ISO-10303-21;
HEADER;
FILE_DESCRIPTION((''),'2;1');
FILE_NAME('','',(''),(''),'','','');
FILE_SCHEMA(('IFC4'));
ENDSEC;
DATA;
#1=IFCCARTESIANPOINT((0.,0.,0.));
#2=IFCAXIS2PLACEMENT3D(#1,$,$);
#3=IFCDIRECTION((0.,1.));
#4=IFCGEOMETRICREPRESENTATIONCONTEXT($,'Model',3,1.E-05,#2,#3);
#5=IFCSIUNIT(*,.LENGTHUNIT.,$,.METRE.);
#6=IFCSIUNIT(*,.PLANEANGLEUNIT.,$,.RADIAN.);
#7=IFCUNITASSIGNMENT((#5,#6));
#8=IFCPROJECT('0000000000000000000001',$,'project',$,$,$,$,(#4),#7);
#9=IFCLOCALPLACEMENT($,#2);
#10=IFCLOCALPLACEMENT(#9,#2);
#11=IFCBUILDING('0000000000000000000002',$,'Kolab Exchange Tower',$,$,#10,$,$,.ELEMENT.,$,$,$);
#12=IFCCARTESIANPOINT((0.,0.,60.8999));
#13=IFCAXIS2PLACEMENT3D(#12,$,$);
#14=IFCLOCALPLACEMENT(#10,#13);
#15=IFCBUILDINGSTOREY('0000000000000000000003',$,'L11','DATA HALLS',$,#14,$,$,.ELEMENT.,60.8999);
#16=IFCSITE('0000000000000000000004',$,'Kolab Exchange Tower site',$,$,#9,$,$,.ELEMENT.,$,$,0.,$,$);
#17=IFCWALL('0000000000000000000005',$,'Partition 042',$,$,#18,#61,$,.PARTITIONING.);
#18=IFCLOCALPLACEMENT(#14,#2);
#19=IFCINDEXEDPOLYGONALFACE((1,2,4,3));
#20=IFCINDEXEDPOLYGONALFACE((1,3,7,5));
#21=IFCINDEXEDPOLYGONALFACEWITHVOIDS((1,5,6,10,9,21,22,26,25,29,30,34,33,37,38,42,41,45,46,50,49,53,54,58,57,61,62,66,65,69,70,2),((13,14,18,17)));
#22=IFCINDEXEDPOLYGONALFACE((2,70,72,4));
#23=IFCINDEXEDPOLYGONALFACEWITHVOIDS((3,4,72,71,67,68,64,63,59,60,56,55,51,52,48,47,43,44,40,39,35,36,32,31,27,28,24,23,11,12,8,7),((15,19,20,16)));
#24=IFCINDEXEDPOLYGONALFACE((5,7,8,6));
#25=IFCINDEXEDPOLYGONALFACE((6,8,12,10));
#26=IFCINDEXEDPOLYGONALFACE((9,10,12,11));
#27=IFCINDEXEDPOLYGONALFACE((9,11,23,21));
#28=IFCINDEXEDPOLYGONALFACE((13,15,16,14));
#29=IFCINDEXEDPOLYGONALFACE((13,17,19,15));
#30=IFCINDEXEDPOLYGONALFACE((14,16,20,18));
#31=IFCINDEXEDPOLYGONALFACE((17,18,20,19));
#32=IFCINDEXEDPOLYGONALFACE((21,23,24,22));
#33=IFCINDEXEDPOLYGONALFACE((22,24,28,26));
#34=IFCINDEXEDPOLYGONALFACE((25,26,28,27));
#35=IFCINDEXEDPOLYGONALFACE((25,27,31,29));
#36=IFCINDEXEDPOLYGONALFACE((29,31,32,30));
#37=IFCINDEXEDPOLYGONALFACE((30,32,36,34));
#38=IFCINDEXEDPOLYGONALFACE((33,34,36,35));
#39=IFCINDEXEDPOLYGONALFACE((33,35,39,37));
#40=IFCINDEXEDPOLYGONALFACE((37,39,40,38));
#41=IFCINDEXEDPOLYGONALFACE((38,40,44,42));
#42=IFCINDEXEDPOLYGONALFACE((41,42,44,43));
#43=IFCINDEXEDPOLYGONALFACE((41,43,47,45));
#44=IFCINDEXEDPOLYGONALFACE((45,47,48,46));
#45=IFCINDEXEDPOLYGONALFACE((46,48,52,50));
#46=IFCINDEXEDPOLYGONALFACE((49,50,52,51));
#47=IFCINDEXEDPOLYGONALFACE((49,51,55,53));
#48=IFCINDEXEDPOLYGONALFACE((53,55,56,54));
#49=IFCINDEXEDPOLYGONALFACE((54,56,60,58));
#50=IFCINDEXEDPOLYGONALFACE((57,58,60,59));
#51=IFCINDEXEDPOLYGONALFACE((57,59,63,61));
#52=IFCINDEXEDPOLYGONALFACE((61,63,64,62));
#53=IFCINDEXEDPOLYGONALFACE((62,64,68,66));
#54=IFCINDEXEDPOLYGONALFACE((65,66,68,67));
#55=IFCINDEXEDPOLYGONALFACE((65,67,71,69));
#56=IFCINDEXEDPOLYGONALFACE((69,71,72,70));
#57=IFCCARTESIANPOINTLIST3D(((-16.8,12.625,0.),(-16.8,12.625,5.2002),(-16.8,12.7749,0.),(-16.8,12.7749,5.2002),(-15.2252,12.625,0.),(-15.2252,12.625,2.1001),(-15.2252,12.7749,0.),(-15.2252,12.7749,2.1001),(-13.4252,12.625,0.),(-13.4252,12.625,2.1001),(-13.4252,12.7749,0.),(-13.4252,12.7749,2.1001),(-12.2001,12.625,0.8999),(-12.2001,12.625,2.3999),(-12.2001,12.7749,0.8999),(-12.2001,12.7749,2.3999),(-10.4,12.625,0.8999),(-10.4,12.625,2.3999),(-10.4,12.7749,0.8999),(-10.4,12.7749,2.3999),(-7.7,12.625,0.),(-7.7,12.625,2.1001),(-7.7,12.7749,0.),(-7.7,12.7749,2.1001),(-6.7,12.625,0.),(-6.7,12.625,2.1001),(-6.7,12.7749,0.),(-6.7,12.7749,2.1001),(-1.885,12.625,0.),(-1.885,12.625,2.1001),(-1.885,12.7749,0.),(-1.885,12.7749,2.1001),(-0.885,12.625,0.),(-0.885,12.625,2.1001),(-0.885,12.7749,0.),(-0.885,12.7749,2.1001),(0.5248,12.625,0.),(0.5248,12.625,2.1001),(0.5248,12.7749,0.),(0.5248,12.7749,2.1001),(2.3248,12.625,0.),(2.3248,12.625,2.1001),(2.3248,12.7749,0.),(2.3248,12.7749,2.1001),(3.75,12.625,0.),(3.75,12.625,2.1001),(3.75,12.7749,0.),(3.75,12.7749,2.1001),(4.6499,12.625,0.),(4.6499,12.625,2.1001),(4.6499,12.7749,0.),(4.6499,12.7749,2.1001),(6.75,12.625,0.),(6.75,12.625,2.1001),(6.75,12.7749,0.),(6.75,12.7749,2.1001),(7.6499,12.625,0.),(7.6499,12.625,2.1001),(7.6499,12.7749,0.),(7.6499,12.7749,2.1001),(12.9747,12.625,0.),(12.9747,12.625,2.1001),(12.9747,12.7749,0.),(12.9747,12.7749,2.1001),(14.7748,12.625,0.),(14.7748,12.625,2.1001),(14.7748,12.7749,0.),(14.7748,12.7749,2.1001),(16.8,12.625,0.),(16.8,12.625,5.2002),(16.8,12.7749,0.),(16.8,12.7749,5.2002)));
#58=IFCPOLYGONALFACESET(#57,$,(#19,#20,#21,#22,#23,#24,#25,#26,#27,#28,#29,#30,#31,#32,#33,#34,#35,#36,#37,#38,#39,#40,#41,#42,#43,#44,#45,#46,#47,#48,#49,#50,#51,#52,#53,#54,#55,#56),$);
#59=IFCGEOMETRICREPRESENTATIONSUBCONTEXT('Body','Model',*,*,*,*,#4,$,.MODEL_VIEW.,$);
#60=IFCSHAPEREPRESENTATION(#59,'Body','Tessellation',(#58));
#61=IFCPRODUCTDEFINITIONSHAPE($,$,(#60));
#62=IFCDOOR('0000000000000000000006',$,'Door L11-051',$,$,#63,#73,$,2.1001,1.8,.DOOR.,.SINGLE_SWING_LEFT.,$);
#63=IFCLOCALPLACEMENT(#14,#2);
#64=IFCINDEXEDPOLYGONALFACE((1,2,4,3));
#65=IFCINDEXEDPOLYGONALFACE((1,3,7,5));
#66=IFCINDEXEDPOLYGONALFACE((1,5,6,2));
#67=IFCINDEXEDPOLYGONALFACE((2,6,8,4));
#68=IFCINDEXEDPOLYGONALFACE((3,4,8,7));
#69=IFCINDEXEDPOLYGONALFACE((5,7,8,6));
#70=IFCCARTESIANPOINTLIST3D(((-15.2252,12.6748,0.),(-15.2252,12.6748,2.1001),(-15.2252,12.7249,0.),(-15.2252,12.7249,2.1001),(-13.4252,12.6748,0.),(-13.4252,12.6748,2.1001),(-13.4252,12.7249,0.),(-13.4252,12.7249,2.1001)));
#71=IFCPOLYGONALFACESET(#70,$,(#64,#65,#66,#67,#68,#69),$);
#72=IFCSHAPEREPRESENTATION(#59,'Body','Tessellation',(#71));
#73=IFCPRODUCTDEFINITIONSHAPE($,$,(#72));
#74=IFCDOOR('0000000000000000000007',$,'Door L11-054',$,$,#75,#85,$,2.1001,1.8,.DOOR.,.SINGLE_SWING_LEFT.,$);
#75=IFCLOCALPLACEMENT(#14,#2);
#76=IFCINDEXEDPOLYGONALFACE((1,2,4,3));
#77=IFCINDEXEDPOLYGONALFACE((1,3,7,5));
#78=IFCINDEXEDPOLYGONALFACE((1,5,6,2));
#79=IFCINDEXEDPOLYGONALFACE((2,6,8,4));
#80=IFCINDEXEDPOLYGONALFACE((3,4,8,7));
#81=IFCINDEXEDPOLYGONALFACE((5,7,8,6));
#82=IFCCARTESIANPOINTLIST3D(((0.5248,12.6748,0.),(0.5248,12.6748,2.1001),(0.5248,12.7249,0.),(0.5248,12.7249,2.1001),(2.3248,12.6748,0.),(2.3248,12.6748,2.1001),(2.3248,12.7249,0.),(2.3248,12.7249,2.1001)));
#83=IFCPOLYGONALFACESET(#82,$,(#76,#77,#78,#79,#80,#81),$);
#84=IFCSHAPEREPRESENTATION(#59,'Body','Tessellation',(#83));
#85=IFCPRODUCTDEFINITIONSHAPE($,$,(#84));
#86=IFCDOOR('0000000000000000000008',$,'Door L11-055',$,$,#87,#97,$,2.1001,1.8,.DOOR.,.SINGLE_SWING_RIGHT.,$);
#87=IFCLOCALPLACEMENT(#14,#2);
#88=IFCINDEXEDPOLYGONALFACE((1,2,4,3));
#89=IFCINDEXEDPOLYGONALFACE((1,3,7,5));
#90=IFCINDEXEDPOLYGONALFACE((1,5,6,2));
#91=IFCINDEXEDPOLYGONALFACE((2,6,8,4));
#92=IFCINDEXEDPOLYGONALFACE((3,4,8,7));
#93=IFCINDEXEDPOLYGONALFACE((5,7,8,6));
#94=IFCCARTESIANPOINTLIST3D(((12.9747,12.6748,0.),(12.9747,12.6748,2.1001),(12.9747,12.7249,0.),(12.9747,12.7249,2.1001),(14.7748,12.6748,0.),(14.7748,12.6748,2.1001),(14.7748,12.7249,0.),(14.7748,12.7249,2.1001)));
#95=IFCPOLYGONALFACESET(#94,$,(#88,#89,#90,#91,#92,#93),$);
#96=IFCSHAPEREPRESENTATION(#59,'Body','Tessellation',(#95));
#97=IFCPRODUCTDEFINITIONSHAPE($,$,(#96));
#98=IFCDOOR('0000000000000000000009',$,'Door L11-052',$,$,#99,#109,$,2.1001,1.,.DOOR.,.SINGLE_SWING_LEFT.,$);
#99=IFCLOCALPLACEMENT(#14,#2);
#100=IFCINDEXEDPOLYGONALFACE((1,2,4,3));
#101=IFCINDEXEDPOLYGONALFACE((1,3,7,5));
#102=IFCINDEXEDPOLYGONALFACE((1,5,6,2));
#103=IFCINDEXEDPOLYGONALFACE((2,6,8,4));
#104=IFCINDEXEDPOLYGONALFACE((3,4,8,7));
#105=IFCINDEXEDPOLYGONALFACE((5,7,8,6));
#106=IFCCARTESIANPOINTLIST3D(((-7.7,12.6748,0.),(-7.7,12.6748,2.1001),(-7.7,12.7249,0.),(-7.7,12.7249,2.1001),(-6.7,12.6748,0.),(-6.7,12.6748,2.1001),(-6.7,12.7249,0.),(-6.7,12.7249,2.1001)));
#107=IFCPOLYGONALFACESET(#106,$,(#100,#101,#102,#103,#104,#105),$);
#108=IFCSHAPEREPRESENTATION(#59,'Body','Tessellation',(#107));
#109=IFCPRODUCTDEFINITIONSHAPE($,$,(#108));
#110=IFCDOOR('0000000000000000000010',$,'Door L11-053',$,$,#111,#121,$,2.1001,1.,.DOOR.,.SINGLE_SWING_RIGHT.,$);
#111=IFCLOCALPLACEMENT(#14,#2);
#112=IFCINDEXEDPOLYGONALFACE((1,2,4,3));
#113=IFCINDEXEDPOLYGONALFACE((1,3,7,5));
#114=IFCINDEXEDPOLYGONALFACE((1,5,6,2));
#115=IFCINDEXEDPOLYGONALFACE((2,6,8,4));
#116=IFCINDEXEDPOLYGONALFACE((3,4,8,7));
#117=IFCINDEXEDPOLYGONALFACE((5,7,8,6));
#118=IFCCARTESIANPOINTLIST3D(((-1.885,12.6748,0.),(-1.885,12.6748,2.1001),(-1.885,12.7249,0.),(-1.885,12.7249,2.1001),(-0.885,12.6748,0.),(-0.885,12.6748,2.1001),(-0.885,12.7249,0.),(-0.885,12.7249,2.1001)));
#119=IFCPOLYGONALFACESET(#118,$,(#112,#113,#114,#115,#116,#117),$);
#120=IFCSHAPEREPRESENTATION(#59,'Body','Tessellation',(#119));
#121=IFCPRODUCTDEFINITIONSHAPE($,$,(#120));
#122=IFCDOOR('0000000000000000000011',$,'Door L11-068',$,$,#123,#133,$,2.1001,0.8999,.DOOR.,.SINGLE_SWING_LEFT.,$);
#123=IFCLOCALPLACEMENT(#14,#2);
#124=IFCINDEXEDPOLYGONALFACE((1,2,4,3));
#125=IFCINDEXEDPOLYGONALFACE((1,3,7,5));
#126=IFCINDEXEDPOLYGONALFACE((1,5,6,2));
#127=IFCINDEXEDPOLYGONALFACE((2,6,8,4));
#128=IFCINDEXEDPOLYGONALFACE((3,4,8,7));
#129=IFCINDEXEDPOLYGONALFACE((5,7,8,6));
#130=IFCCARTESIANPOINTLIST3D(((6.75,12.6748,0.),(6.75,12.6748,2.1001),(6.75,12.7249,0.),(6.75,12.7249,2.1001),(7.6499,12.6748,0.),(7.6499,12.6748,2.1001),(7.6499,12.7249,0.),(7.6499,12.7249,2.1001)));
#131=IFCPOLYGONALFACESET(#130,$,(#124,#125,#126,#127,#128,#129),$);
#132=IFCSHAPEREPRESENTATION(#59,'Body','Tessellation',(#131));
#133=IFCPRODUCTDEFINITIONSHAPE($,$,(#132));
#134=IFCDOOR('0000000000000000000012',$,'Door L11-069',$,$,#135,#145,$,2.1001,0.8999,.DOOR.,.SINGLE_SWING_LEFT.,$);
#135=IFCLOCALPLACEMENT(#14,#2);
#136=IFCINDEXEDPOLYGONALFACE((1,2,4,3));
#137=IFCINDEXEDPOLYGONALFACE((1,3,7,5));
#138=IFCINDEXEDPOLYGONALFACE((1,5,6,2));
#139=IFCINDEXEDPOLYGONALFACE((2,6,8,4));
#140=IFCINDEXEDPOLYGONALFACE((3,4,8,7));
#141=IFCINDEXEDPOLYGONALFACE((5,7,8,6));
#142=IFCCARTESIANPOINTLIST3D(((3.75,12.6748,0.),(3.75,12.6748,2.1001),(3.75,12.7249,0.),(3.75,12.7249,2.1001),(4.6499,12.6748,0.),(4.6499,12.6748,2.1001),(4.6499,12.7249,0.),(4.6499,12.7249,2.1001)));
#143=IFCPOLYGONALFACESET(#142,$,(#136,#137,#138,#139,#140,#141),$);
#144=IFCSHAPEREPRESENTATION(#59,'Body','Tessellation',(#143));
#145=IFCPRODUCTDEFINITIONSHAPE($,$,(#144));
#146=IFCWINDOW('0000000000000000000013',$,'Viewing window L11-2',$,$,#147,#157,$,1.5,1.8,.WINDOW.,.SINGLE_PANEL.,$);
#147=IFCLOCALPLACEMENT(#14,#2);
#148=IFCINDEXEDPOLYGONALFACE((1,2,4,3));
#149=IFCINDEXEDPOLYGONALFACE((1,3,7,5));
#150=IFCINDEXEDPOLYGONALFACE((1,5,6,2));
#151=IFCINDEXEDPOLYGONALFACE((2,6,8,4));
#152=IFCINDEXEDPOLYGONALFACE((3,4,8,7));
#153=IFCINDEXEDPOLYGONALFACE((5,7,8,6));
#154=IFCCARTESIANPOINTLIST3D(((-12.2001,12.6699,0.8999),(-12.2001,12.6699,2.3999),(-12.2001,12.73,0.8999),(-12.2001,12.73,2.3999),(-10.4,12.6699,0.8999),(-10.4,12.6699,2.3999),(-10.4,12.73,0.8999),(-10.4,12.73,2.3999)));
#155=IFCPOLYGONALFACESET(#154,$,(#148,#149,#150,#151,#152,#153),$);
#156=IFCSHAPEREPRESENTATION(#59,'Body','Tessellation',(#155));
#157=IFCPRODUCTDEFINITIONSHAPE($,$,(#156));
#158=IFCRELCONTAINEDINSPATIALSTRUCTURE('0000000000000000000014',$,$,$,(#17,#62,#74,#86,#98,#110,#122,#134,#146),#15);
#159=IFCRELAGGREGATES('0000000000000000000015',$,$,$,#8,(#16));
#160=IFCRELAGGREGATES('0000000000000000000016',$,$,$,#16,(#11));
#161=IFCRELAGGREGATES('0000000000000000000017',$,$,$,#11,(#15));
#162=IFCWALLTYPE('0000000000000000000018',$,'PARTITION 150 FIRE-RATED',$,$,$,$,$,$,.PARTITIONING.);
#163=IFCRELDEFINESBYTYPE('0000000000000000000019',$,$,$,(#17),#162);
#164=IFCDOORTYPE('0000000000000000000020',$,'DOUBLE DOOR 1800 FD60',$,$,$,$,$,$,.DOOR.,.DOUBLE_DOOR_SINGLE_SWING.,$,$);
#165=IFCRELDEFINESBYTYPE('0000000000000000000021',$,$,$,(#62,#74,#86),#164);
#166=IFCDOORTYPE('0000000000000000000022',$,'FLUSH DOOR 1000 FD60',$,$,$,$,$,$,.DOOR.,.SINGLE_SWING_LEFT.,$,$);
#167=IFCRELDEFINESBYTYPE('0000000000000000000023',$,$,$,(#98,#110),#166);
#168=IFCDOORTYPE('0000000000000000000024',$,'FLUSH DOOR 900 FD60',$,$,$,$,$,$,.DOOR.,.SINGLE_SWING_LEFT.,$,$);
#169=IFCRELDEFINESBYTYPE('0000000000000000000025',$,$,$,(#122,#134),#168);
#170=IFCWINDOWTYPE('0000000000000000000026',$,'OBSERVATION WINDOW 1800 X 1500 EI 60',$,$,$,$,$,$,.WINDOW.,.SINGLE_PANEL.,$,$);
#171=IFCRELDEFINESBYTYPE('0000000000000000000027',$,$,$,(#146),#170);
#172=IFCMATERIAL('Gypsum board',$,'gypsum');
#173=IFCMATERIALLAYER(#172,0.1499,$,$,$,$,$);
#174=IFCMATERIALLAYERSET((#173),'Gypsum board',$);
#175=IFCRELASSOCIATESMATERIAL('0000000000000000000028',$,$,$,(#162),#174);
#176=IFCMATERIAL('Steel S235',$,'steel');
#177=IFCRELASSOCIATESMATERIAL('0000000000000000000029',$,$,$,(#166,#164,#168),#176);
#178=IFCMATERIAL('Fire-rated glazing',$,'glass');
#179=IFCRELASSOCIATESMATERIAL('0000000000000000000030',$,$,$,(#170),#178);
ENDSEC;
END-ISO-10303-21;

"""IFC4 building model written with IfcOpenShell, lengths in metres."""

from ifc_helpers import new_model, si_unit, direction, frame, frame_2d, origin, place, context, subcontext, project, spatial, rectangle, extrude, material, layer, layer_set, type_object, element, fill, save


model = new_model("IFC4")

# Units and contexts
model_context = context("Model", 3, precision=1e-05, world=origin(), true_north=direction((0.0, 1.0)))
body_context = subcontext(model_context, "Body", "Model", "MODEL_VIEW")
ifc_project = project(units=[si_unit("LENGTHUNIT", "METRE"), si_unit("PLANEANGLEUNIT", "RADIAN")], contexts=[model_context])

# Site, building, storey
site_placement = place(None, origin())
site = spatial("IfcSite", under=ifc_project, at=site_placement, Name="Kolab Exchange Tower site", CompositionType="ELEMENT", RefElevation=0.0)
building_placement = place(site_placement, origin())
building = spatial("IfcBuilding", under=site, at=building_placement, Name="Kolab Exchange Tower", CompositionType="ELEMENT")
storey_placement = place(building_placement, frame((0.0, 0.0, 60.8999)))
storey = spatial("IfcBuildingStorey", under=building, at=storey_placement, Name="L11", Description="DATA HALLS", CompositionType="ELEMENT", Elevation=60.8999)

# Shared definitions
ifc_material_1 = material(Name="Gypsum board", Category="gypsum")

# Shared definitions
ifc_layer_1 = layer(ifc_material_1, 0.1499)
ifc_layer_set_1 = layer_set([ifc_layer_1], Name="Gypsum board")
wall_type_1 = type_object("IfcWallType", Name="PARTITION 150 FIRE-RATED", PredefinedType="PARTITIONING", material=ifc_layer_set_1)
ifc_material_2 = material(Name="Steel S235", Category="steel")
door_type_1 = type_object("IfcDoorType", Name="FLUSH DOOR 1000 FD60", OperationType="SINGLE_SWING_LEFT", PredefinedType="DOOR", material=ifc_material_2)

# Wall, openings, doors, window
wall_1_placement = place(storey_placement, frame((-16.8, 12.7, 0.0), z_axis=(0.0, 0.0, 1.0), x_axis=(1.0, 0.0, 0.0)))
wall_1 = element("IfcWall", 1, at=wall_1_placement, inside=storey, type_object=wall_type_1, Name="Partition 042", PredefinedType="PARTITIONING", context=body_context, shape_type="SweptSolid", body=[
    extrude(rectangle(XDim=33.6001, YDim=0.1499, at=frame_2d((16.8, 0.0))), origin(), (0.0, 0.0, 1.0), 5.2002),
])
opening_1_placement = place(wall_1_placement, frame((1.575, 0.0, 0.0)))
opening_1 = element("IfcOpeningElement", 2, at=opening_1_placement, cuts=wall_1, PredefinedType="OPENING", context=body_context, shape_type="SweptSolid", body=[
    extrude(rectangle(XDim=1.8, YDim=2.1001, at=frame_2d((0.8999, 1.05))), frame((0.0, 0.085, 0.0), z_axis=(0.0, -1.0, 0.0), x_axis=(1.0, 0.0, 0.0)), (0.0, 0.0, 1.0), 0.1699),
])
opening_2_placement = place(wall_1_placement, frame((9.1001, 0.0, 0.0)))
opening_2 = element("IfcOpeningElement", 3, at=opening_2_placement, cuts=wall_1, PredefinedType="OPENING", context=body_context, shape_type="SweptSolid", body=[
    extrude(rectangle(XDim=1.0, YDim=2.1001, at=frame_2d((0.5, 1.05))), frame((0.0, 0.085, 0.0), z_axis=(0.0, -1.0, 0.0), x_axis=(1.0, 0.0, 0.0)), (0.0, 0.0, 1.0), 0.1699),
])
opening_3_placement = place(wall_1_placement, frame((14.915, 0.0, 0.0)))
opening_3 = element("IfcOpeningElement", 4, at=opening_3_placement, cuts=wall_1, PredefinedType="OPENING", context=body_context, shape_type="SweptSolid", body=[
    extrude(rectangle(XDim=1.0, YDim=2.1001, at=frame_2d((0.5, 1.05))), frame((0.0, 0.085, 0.0), z_axis=(0.0, -1.0, 0.0), x_axis=(1.0, 0.0, 0.0)), (0.0, 0.0, 1.0), 0.1699),
])
opening_4_placement = place(wall_1_placement, frame((17.325, 0.0, 0.0)))
opening_4 = element("IfcOpeningElement", 5, at=opening_4_placement, cuts=wall_1, PredefinedType="OPENING", context=body_context, shape_type="SweptSolid", body=[
    extrude(rectangle(XDim=1.8, YDim=2.1001, at=frame_2d((0.8999, 1.05))), frame((0.0, 0.085, 0.0), z_axis=(0.0, -1.0, 0.0), x_axis=(1.0, 0.0, 0.0)), (0.0, 0.0, 1.0), 0.1699),
])
opening_5_placement = place(wall_1_placement, frame((29.7749, 0.0, 0.0)))
opening_5 = element("IfcOpeningElement", 6, at=opening_5_placement, cuts=wall_1, PredefinedType="OPENING", context=body_context, shape_type="SweptSolid", body=[
    extrude(rectangle(XDim=1.8, YDim=2.1001, at=frame_2d((0.8999, 1.05))), frame((0.0, 0.085, 0.0), z_axis=(0.0, -1.0, 0.0), x_axis=(1.0, 0.0, 0.0)), (0.0, 0.0, 1.0), 0.1699),
])
opening_6_placement = place(wall_1_placement, frame((23.55, 0.0, 0.0)))
opening_6 = element("IfcOpeningElement", 7, at=opening_6_placement, cuts=wall_1, PredefinedType="OPENING", context=body_context, shape_type="SweptSolid", body=[
    extrude(rectangle(XDim=0.8999, YDim=2.1001, at=frame_2d((0.45, 1.05))), frame((0.0, 0.085, 0.0), z_axis=(0.0, -1.0, 0.0), x_axis=(1.0, 0.0, 0.0)), (0.0, 0.0, 1.0), 0.1699),
])
opening_7_placement = place(wall_1_placement, frame((20.55, 0.0, 0.0)))
opening_7 = element("IfcOpeningElement", 8, at=opening_7_placement, cuts=wall_1, PredefinedType="OPENING", context=body_context, shape_type="SweptSolid", body=[
    extrude(rectangle(XDim=0.8999, YDim=2.1001, at=frame_2d((0.45, 1.05))), frame((0.0, 0.085, 0.0), z_axis=(0.0, -1.0, 0.0), x_axis=(1.0, 0.0, 0.0)), (0.0, 0.0, 1.0), 0.1699),
])
opening_8_placement = place(wall_1_placement, frame((4.6001, 0.0, 0.8999)))
opening_8 = element("IfcOpeningElement", 9, at=opening_8_placement, cuts=wall_1, PredefinedType="OPENING", context=body_context, shape_type="SweptSolid", body=[
    extrude(rectangle(XDim=1.8, YDim=1.5, at=frame_2d((0.8999, 0.75))), frame((0.0, 0.085, 0.0), z_axis=(0.0, -1.0, 0.0), x_axis=(1.0, 0.0, 0.0)), (0.0, 0.0, 1.0), 0.1699),
])
door_type_2 = type_object("IfcDoorType", Name="DOUBLE DOOR 1800 FD60", OperationType="DOUBLE_DOOR_SINGLE_SWING", PredefinedType="DOOR", material=ifc_material_2)
door_1_placement = place(opening_1_placement, origin())
door_1 = element("IfcDoor", 10, at=door_1_placement, inside=storey, type_object=door_type_2, Name="Door L11-051", OperationType="SINGLE_SWING_LEFT", OverallHeight=2.1001, OverallWidth=1.8, PredefinedType="DOOR", context=body_context, shape_type="SweptSolid", body=[
    extrude(rectangle(XDim=1.8, YDim=2.1001, at=frame_2d((0.8999, 1.05))), frame((0.0, 0.0249, 0.0), z_axis=(0.0, -1.0, 0.0), x_axis=(1.0, 0.0, 0.0)), (0.0, 0.0, 1.0), 0.05),
])
fill(opening_1, door_1)
door_2_placement = place(opening_4_placement, origin())
door_2 = element("IfcDoor", 11, at=door_2_placement, inside=storey, type_object=door_type_2, Name="Door L11-054", OperationType="SINGLE_SWING_LEFT", OverallHeight=2.1001, OverallWidth=1.8, PredefinedType="DOOR", context=body_context, shape_type="SweptSolid", body=[
    extrude(rectangle(XDim=1.8, YDim=2.1001, at=frame_2d((0.8999, 1.05))), frame((0.0, 0.0249, 0.0), z_axis=(0.0, -1.0, 0.0), x_axis=(1.0, 0.0, 0.0)), (0.0, 0.0, 1.0), 0.05),
])
fill(opening_4, door_2)
door_3_placement = place(opening_5_placement, origin())
door_3 = element("IfcDoor", 12, at=door_3_placement, inside=storey, type_object=door_type_2, Name="Door L11-055", OperationType="SINGLE_SWING_RIGHT", OverallHeight=2.1001, OverallWidth=1.8, PredefinedType="DOOR", context=body_context, shape_type="SweptSolid", body=[
    extrude(rectangle(XDim=1.8, YDim=2.1001, at=frame_2d((0.8999, 1.05))), frame((0.0, 0.0249, 0.0), z_axis=(0.0, -1.0, 0.0), x_axis=(1.0, 0.0, 0.0)), (0.0, 0.0, 1.0), 0.05),
])
fill(opening_5, door_3)
door_4_placement = place(opening_2_placement, origin())
door_4 = element("IfcDoor", 13, at=door_4_placement, inside=storey, type_object=door_type_1, Name="Door L11-052", OperationType="SINGLE_SWING_LEFT", OverallHeight=2.1001, OverallWidth=1.0, PredefinedType="DOOR", context=body_context, shape_type="SweptSolid", body=[
    extrude(rectangle(XDim=1.0, YDim=2.1001, at=frame_2d((0.5, 1.05))), frame((0.0, 0.0249, 0.0), z_axis=(0.0, -1.0, 0.0), x_axis=(1.0, 0.0, 0.0)), (0.0, 0.0, 1.0), 0.05),
])
fill(opening_2, door_4)
door_5_placement = place(opening_3_placement, origin())
door_5 = element("IfcDoor", 14, at=door_5_placement, inside=storey, type_object=door_type_1, Name="Door L11-053", OperationType="SINGLE_SWING_RIGHT", OverallHeight=2.1001, OverallWidth=1.0, PredefinedType="DOOR", context=body_context, shape_type="SweptSolid", body=[
    extrude(rectangle(XDim=1.0, YDim=2.1001, at=frame_2d((0.5, 1.05))), frame((0.0, 0.0249, 0.0), z_axis=(0.0, -1.0, 0.0), x_axis=(1.0, 0.0, 0.0)), (0.0, 0.0, 1.0), 0.05),
])
fill(opening_3, door_5)
door_type_3 = type_object("IfcDoorType", Name="FLUSH DOOR 900 FD60", OperationType="SINGLE_SWING_LEFT", PredefinedType="DOOR", material=ifc_material_2)
door_6_placement = place(opening_6_placement, origin())
door_6 = element("IfcDoor", 15, at=door_6_placement, inside=storey, type_object=door_type_3, Name="Door L11-068", OperationType="SINGLE_SWING_LEFT", OverallHeight=2.1001, OverallWidth=0.8999, PredefinedType="DOOR", context=body_context, shape_type="SweptSolid", body=[
    extrude(rectangle(XDim=0.8999, YDim=2.1001, at=frame_2d((0.45, 1.05))), frame((0.0, 0.0249, 0.0), z_axis=(0.0, -1.0, 0.0), x_axis=(1.0, 0.0, 0.0)), (0.0, 0.0, 1.0), 0.05),
])
fill(opening_6, door_6)
door_7_placement = place(opening_7_placement, origin())
door_7 = element("IfcDoor", 16, at=door_7_placement, inside=storey, type_object=door_type_3, Name="Door L11-069", OperationType="SINGLE_SWING_LEFT", OverallHeight=2.1001, OverallWidth=0.8999, PredefinedType="DOOR", context=body_context, shape_type="SweptSolid", body=[
    extrude(rectangle(XDim=0.8999, YDim=2.1001, at=frame_2d((0.45, 1.05))), frame((0.0, 0.0249, 0.0), z_axis=(0.0, -1.0, 0.0), x_axis=(1.0, 0.0, 0.0)), (0.0, 0.0, 1.0), 0.05),
])
fill(opening_7, door_7)
ifc_material_3 = material(Name="Fire-rated glazing", Category="glass")
window_type = type_object("IfcWindowType", Name="OBSERVATION WINDOW 1800 X 1500 EI 60", PartitioningType="SINGLE_PANEL", PredefinedType="WINDOW", material=ifc_material_3)
window_placement = place(opening_8_placement, origin())
window = element("IfcWindow", 17, at=window_placement, inside=storey, type_object=window_type, Name="Viewing window L11-2", OverallHeight=1.5, OverallWidth=1.8, PartitioningType="SINGLE_PANEL", PredefinedType="WINDOW", context=body_context, shape_type="SweptSolid", body=[
    extrude(rectangle(XDim=1.8, YDim=1.5, at=frame_2d((0.8999, 0.75))), frame((0.0, 0.03, 0.0), z_axis=(0.0, -1.0, 0.0), x_axis=(1.0, 0.0, 0.0)), (0.0, 0.0, 1.0), 0.0601),
])
fill(opening_8, window)

save(model, "model.ifc")
